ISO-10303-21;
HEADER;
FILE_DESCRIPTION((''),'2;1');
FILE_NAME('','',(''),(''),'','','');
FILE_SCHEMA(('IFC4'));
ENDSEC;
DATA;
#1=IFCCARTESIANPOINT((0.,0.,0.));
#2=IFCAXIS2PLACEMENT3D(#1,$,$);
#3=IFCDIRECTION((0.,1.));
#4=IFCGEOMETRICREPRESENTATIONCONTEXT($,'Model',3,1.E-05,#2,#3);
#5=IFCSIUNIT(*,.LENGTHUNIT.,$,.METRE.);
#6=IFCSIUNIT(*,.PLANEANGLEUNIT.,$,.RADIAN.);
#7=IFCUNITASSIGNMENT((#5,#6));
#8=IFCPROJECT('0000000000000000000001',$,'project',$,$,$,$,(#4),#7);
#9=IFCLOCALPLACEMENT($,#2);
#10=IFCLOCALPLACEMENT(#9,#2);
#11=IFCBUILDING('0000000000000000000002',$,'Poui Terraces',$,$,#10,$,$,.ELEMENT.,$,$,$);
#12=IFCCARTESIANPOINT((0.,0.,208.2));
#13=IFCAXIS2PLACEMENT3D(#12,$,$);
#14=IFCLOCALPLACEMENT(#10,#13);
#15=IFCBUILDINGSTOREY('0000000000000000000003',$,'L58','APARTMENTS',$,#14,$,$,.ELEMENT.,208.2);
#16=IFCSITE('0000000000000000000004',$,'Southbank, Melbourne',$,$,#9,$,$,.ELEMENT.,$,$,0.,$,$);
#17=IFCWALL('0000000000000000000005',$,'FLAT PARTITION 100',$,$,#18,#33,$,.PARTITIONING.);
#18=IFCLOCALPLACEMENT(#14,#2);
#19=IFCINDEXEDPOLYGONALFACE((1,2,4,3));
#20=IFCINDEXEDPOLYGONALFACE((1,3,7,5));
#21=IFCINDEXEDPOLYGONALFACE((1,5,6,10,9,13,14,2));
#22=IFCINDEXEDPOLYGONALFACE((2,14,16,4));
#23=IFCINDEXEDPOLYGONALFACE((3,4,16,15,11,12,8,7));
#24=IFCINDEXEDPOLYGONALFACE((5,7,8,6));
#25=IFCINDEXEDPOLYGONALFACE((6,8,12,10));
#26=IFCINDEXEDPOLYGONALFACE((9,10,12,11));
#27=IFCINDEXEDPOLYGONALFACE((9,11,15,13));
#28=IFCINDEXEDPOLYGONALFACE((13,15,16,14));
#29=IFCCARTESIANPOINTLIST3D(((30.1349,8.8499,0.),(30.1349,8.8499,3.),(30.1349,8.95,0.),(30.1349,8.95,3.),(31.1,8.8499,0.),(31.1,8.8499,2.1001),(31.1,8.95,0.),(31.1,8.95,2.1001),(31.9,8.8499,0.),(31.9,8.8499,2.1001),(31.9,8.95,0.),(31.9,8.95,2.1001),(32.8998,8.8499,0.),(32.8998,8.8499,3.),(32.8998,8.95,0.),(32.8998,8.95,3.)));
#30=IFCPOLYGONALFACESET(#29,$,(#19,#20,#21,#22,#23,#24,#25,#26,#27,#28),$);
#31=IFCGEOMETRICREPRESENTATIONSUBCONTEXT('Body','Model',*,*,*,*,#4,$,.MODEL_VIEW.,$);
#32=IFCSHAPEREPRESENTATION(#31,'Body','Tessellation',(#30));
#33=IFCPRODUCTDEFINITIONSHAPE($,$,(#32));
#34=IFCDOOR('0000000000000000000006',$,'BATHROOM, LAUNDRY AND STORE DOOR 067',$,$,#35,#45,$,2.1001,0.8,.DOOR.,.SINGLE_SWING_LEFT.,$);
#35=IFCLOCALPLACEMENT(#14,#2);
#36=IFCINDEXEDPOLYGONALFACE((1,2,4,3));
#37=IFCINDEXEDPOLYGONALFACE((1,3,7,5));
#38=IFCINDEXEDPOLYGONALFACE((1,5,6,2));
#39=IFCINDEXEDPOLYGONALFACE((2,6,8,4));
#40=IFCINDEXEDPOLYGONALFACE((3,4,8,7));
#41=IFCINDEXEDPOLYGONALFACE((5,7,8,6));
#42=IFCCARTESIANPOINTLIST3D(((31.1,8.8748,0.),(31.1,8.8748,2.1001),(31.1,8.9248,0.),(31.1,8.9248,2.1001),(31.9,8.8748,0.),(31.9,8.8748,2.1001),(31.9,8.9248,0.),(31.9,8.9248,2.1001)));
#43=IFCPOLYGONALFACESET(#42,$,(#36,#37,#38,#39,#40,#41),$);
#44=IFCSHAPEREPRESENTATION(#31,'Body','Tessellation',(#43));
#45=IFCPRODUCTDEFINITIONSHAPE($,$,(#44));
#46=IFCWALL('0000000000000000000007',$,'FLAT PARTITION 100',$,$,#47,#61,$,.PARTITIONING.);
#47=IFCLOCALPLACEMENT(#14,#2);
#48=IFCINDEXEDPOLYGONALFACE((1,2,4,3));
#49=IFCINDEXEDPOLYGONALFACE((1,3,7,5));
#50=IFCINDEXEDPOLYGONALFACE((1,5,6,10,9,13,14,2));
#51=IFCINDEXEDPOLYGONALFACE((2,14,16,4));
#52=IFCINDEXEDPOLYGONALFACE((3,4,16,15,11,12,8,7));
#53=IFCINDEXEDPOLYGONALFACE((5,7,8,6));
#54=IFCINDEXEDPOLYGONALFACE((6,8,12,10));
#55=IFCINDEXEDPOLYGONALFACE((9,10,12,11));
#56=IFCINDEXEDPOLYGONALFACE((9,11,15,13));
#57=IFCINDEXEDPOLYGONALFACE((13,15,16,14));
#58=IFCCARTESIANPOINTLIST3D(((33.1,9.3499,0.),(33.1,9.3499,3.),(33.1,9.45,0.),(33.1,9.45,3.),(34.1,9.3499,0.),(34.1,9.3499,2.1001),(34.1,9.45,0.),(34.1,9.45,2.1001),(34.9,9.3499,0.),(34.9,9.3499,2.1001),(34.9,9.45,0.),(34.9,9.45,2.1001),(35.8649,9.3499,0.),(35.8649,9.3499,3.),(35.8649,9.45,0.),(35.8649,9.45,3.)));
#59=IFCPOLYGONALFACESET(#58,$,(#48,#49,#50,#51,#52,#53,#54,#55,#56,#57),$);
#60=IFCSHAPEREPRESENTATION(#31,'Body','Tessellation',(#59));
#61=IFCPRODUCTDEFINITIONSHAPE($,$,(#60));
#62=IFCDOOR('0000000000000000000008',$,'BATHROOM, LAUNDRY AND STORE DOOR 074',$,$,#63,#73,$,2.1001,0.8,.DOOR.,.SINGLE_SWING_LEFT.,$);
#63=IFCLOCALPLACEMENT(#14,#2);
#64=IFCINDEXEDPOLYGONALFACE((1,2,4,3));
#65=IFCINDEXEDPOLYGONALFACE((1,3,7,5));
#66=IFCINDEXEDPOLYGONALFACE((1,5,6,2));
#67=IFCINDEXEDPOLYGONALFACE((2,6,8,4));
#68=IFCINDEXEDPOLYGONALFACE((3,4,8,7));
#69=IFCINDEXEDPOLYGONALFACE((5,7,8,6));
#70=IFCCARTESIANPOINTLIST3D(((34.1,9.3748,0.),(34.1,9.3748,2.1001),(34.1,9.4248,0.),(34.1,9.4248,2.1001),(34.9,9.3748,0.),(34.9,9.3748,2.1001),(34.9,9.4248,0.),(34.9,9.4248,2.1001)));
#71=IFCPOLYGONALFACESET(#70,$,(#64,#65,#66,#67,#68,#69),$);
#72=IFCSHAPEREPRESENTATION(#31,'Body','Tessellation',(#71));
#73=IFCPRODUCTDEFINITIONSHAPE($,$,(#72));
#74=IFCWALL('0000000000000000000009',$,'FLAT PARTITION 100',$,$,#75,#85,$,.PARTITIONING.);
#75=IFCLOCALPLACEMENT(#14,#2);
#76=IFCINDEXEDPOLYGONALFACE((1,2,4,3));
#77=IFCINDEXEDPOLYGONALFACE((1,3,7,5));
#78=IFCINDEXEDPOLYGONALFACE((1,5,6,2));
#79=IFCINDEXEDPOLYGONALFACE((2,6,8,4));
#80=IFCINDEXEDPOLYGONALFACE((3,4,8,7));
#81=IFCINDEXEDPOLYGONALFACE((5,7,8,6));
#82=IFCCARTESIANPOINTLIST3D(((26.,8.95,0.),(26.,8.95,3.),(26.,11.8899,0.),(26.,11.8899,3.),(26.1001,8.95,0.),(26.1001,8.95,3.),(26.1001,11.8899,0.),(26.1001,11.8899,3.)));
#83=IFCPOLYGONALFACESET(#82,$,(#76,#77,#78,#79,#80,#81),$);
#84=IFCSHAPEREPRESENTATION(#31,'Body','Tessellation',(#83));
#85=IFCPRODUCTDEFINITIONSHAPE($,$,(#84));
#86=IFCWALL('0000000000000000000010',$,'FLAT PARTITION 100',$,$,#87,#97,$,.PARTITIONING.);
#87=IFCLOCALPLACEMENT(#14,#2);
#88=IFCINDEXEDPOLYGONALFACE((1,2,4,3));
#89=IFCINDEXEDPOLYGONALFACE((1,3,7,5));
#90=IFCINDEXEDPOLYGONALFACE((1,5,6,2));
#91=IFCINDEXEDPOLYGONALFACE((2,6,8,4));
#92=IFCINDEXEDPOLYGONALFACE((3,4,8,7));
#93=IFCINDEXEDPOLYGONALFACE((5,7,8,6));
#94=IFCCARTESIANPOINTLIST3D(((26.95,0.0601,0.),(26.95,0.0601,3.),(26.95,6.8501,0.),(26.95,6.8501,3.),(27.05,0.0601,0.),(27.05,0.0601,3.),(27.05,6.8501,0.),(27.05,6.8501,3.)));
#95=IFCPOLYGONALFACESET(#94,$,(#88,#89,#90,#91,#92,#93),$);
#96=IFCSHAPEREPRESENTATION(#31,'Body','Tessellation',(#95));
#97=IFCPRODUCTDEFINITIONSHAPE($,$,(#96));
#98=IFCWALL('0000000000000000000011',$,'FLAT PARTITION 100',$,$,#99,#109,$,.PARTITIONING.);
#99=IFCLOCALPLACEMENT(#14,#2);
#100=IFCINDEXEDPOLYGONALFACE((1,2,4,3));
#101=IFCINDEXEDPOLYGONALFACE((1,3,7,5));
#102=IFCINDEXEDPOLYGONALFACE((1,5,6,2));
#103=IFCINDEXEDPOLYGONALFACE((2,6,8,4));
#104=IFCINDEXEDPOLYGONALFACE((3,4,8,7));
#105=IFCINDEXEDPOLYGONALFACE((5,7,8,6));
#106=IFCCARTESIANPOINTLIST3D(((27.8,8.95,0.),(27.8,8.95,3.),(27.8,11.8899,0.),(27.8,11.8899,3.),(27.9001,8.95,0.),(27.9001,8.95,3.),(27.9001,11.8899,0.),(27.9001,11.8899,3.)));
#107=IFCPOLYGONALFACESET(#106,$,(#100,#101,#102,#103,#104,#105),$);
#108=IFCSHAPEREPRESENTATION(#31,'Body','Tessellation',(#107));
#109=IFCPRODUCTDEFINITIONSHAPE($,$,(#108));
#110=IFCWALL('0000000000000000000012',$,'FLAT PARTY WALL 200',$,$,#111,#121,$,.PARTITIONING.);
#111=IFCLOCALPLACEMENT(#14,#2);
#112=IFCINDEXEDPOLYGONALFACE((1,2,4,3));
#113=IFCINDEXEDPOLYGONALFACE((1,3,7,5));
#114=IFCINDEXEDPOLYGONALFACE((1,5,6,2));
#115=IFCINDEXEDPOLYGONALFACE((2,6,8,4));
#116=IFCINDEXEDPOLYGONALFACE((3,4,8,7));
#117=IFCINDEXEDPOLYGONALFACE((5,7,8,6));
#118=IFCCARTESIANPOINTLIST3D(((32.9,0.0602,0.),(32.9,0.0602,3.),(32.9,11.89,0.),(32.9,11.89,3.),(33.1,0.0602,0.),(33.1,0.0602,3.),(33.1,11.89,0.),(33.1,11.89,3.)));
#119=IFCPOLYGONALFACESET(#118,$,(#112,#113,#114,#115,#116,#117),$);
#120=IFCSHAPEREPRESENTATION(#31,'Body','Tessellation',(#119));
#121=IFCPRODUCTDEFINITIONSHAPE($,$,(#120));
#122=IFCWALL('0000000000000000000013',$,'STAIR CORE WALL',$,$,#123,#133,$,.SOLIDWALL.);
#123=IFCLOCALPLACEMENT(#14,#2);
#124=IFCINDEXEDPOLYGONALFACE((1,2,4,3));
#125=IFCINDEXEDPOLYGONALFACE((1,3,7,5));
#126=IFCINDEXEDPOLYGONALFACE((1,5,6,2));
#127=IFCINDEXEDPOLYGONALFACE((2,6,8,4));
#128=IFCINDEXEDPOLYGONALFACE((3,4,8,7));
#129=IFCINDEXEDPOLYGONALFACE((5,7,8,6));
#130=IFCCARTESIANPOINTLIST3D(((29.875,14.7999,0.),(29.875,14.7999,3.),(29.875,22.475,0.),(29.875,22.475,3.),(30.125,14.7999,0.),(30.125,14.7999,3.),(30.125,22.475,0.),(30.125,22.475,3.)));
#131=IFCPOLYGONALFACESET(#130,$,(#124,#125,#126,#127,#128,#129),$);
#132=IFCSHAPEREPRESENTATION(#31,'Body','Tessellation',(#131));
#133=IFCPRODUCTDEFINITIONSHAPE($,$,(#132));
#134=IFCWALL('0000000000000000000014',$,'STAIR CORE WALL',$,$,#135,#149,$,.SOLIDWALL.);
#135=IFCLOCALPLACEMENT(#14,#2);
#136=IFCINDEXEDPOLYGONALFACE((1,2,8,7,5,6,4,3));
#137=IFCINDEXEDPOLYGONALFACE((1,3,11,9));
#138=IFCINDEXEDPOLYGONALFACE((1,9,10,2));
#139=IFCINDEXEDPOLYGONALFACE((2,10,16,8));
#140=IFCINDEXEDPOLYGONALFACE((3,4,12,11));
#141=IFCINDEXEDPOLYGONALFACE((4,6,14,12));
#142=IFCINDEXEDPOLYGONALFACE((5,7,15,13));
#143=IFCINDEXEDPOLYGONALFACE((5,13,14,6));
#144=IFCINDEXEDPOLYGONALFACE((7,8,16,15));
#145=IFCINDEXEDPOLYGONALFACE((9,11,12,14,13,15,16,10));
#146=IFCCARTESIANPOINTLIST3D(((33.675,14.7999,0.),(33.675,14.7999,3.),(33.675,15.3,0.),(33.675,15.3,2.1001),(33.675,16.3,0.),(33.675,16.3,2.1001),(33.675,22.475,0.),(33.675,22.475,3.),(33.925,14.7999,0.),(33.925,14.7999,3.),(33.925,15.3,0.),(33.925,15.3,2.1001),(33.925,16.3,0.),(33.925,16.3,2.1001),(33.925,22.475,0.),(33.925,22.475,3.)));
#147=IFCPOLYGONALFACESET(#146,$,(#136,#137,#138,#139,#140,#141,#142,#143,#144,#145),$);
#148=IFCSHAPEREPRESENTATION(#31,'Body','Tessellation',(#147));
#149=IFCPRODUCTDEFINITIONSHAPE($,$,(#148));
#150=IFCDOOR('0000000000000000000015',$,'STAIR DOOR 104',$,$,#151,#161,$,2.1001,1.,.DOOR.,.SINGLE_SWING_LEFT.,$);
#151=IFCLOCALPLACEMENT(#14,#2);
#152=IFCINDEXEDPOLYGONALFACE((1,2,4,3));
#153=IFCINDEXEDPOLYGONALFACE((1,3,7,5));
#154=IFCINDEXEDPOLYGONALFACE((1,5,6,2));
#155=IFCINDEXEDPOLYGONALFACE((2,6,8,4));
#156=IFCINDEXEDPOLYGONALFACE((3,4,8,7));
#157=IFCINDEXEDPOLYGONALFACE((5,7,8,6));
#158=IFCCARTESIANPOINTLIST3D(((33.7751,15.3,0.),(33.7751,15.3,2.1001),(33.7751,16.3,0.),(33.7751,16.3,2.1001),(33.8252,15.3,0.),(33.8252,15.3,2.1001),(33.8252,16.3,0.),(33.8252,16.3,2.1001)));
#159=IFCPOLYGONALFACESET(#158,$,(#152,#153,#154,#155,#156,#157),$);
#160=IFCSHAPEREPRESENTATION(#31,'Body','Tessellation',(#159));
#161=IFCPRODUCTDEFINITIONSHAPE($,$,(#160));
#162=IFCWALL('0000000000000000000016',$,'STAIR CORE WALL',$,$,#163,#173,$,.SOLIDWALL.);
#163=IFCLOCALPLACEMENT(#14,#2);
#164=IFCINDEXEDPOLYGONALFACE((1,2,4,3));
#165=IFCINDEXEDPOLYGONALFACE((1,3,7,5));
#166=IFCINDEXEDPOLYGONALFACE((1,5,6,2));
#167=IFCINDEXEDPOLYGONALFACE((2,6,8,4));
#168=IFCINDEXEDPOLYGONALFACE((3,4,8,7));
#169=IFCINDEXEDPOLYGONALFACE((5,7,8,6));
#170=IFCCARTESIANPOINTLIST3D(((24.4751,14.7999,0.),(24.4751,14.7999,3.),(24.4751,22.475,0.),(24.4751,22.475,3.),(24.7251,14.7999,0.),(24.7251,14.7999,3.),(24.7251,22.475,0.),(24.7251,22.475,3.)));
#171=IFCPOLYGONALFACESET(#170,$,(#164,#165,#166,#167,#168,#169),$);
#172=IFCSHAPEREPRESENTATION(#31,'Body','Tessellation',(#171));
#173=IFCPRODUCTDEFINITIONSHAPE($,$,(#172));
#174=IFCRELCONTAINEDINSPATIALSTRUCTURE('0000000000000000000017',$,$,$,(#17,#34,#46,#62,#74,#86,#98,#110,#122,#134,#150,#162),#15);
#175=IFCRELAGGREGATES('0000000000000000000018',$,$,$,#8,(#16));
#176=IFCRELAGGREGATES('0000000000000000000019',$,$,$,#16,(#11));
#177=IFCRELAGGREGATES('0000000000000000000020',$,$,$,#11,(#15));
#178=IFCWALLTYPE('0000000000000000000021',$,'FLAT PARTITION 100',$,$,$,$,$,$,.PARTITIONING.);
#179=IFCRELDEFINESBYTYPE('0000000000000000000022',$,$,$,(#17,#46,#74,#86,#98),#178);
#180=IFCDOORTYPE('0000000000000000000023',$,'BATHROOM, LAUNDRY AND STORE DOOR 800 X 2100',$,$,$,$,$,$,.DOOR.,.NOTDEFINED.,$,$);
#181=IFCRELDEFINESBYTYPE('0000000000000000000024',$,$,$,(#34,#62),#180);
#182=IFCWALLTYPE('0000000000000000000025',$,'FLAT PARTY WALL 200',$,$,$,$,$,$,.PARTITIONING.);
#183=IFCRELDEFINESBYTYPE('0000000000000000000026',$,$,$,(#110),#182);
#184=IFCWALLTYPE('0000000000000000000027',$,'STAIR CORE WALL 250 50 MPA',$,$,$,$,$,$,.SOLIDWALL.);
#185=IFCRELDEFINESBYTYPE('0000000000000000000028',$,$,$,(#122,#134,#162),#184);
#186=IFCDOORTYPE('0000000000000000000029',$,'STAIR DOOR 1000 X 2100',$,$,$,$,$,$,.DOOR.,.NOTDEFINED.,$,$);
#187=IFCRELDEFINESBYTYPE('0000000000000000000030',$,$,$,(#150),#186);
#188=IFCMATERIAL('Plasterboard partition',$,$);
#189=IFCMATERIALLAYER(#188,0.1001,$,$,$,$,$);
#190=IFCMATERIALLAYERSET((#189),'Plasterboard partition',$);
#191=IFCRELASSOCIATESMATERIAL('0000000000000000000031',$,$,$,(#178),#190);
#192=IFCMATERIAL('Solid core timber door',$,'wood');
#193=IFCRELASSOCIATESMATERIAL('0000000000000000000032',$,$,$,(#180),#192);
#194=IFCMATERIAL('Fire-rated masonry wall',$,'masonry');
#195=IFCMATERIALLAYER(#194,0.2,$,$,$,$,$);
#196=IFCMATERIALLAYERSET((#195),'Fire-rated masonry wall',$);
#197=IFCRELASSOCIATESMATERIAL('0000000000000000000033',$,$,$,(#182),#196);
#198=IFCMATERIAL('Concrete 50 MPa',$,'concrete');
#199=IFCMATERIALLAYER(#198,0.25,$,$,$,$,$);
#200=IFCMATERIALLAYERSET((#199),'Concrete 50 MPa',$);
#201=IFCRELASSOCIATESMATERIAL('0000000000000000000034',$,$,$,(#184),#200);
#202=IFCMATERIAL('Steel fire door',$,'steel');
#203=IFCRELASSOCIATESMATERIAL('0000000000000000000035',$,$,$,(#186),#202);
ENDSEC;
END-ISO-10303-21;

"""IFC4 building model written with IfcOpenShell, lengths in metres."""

from ifc_helpers import new_model, si_unit, direction, frame, frame_2d, origin, place, context, subcontext, project, spatial, rectangle, extrude, material, layer, layer_set, type_object, element, fill, save


model = new_model("IFC4")

# Units and contexts
model_context = context("Model", 3, precision=1e-05, world=origin(), true_north=direction((0.0, 1.0)))
body_context = subcontext(model_context, "Body", "Model", "MODEL_VIEW")
ifc_project = project(units=[si_unit("LENGTHUNIT", "METRE"), si_unit("PLANEANGLEUNIT", "RADIAN")], contexts=[model_context])

# Site, building, storey
site_placement = place(None, origin())
site = spatial("IfcSite", under=ifc_project, at=site_placement, Name="Southbank, Melbourne", CompositionType="ELEMENT", RefElevation=0.0)
building_placement = place(site_placement, origin())
building = spatial("IfcBuilding", under=site, at=building_placement, Name="Poui Terraces", CompositionType="ELEMENT")
storey_placement = place(building_placement, frame((0.0, 0.0, 208.2)))
storey = spatial("IfcBuildingStorey", under=building, at=storey_placement, Name="L58", Description="APARTMENTS", CompositionType="ELEMENT", Elevation=208.2)

# Shared definitions
ifc_material_1 = material(Name="Concrete 50 MPa", Category="concrete")

# Walls, openings, doors
ifc_material_2 = material(Name="Solid core timber door", Category="wood")
ifc_material_3 = material(Name="Plasterboard partition")
ifc_layer_1 = layer(ifc_material_3, 0.1001)
ifc_layer_set_1 = layer_set([ifc_layer_1], Name="Plasterboard partition")
wall_type_1 = type_object("IfcWallType", Name="FLAT PARTITION 100", PredefinedType="PARTITIONING", material=ifc_layer_set_1)
wall_1_placement = place(storey_placement, frame((30.135, 8.8999, 0.0), z_axis=(0.0, 0.0, 1.0), x_axis=(1.0, 0.0, 0.0)))
wall_1 = element("IfcWall", 1, at=wall_1_placement, inside=storey, type_object=wall_type_1, Name="FLAT PARTITION 100", PredefinedType="PARTITIONING", context=body_context, shape_type="SweptSolid", body=[
    extrude(rectangle(XDim=2.7649, YDim=0.1001, at=frame_2d((1.3823, 0.0))), origin(), (0.0, 0.0, 1.0), 3.0),
])
opening_1_placement = place(wall_1_placement, frame((0.9651, 0.0, 0.0)))
opening_1 = element("IfcOpeningElement", 2, at=opening_1_placement, cuts=wall_1, PredefinedType="OPENING", context=body_context, shape_type="SweptSolid", body=[
    extrude(rectangle(XDim=0.8, YDim=2.1001, at=frame_2d((0.3999, 1.05))), frame((0.0, 0.0601, 0.0), z_axis=(0.0, -1.0, 0.0), x_axis=(1.0, 0.0, 0.0)), (0.0, 0.0, 1.0), 0.1201),
])
door_type_1 = type_object("IfcDoorType", Name="BATHROOM, LAUNDRY AND STORE DOOR 800 X 2100", OperationType="NOTDEFINED", PredefinedType="DOOR", material=ifc_material_2)
door_1_placement = place(opening_1_placement, origin())
door_1 = element("IfcDoor", 3, at=door_1_placement, inside=storey, type_object=door_type_1, Name="BATHROOM, LAUNDRY AND STORE DOOR 067", OperationType="SINGLE_SWING_LEFT", OverallHeight=2.1001, OverallWidth=0.8, PredefinedType="DOOR", context=body_context, shape_type="SweptSolid", body=[
    extrude(rectangle(XDim=0.8, YDim=2.1001, at=frame_2d((0.3999, 1.05))), frame((0.0, 0.0249, 0.0), z_axis=(0.0, -1.0, 0.0), x_axis=(1.0, 0.0, 0.0)), (0.0, 0.0, 1.0), 0.05),
])
fill(opening_1, door_1)
wall_2_placement = place(storey_placement, frame((33.1001, 9.3999, 0.0), z_axis=(0.0, 0.0, 1.0), x_axis=(1.0, 0.0, 0.0)))
wall_2 = element("IfcWall", 4, at=wall_2_placement, inside=storey, type_object=wall_type_1, Name="FLAT PARTITION 100", PredefinedType="PARTITIONING", context=body_context, shape_type="SweptSolid", body=[
    extrude(rectangle(XDim=2.7649, YDim=0.1001, at=frame_2d((1.3823, 0.0))), origin(), (0.0, 0.0, 1.0), 3.0),
])
opening_2_placement = place(wall_2_placement, frame((1.0, 0.0, 0.0)))
opening_2 = element("IfcOpeningElement", 5, at=opening_2_placement, cuts=wall_2, PredefinedType="OPENING", context=body_context, shape_type="SweptSolid", body=[
    extrude(rectangle(XDim=0.8, YDim=2.1001, at=frame_2d((0.3999, 1.05))), frame((0.0, 0.0601, 0.0), z_axis=(0.0, -1.0, 0.0), x_axis=(1.0, 0.0, 0.0)), (0.0, 0.0, 1.0), 0.1201),
])
door_2_placement = place(opening_2_placement, origin())
door_2 = element("IfcDoor", 6, at=door_2_placement, inside=storey, type_object=door_type_1, Name="BATHROOM, LAUNDRY AND STORE DOOR 074", OperationType="SINGLE_SWING_LEFT", OverallHeight=2.1001, OverallWidth=0.8, PredefinedType="DOOR", context=body_context, shape_type="SweptSolid", body=[
    extrude(rectangle(XDim=0.8, YDim=2.1001, at=frame_2d((0.3999, 1.05))), frame((0.0, 0.0249, 0.0), z_axis=(0.0, -1.0, 0.0), x_axis=(1.0, 0.0, 0.0)), (0.0, 0.0, 1.0), 0.05),
])
fill(opening_2, door_2)

# Walls
wall_3_placement = place(storey_placement, frame((26.05, 8.95, 0.0), z_axis=(0.0, 0.0, 1.0), x_axis=(0.0, 1.0, 0.0)))
element("IfcWall", 7, at=wall_3_placement, inside=storey, type_object=wall_type_1, Name="FLAT PARTITION 100", PredefinedType="PARTITIONING", context=body_context, shape_type="SweptSolid", body=[
    extrude(rectangle(XDim=2.9399, YDim=0.1001, at=frame_2d((1.47, 0.0))), origin(), (0.0, 0.0, 1.0), 3.0),
])
wall_4_placement = place(storey_placement, frame((27.0, 0.0601, 0.0), z_axis=(0.0, 0.0, 1.0), x_axis=(0.0, 1.0, 0.0)))
element("IfcWall", 8, at=wall_4_placement, inside=storey, type_object=wall_type_1, Name="FLAT PARTITION 100", PredefinedType="PARTITIONING", context=body_context, shape_type="SweptSolid", body=[
    extrude(rectangle(XDim=6.79, YDim=0.1001, at=frame_2d((3.395, 0.0))), origin(), (0.0, 0.0, 1.0), 3.0),
])
wall_5_placement = place(storey_placement, frame((27.8501, 8.95, 0.0), z_axis=(0.0, 0.0, 1.0), x_axis=(0.0, 1.0, 0.0)))
element("IfcWall", 9, at=wall_5_placement, inside=storey, type_object=wall_type_1, Name="FLAT PARTITION 100", PredefinedType="PARTITIONING", context=body_context, shape_type="SweptSolid", body=[
    extrude(rectangle(XDim=2.9399, YDim=0.1001, at=frame_2d((1.47, 0.0))), origin(), (0.0, 0.0, 1.0), 3.0),
])
ifc_material_4 = material(Name="Fire-rated masonry wall", Category="masonry")
ifc_layer_2 = layer(ifc_material_4, 0.2)
ifc_layer_set_2 = layer_set([ifc_layer_2], Name="Fire-rated masonry wall")
wall_type_2 = type_object("IfcWallType", Name="FLAT PARTY WALL 200", PredefinedType="PARTITIONING", material=ifc_layer_set_2)
wall_6_placement = place(storey_placement, frame((33.0, 0.0601, 0.0), z_axis=(0.0, 0.0, 1.0), x_axis=(0.0, 1.0, 0.0)))
element("IfcWall", 10, at=wall_6_placement, inside=storey, type_object=wall_type_2, Name="FLAT PARTY WALL 200", PredefinedType="PARTITIONING", context=body_context, shape_type="SweptSolid", body=[
    extrude(rectangle(XDim=11.8298, YDim=0.2, at=frame_2d((5.915, 0.0))), origin(), (0.0, 0.0, 1.0), 3.0),
])
ifc_layer_3 = layer(ifc_material_1, 0.25)
ifc_layer_set_3 = layer_set([ifc_layer_3], Name="Concrete 50 MPa")
wall_type_3 = type_object("IfcWallType", Name="STAIR CORE WALL 250 50 MPA", PredefinedType="SOLIDWALL", material=ifc_layer_set_3)
wall_7_placement = place(storey_placement, frame((30.0, 14.8, 0.0), z_axis=(0.0, 0.0, 1.0), x_axis=(0.0, 1.0, 0.0)))
element("IfcWall", 11, at=wall_7_placement, inside=storey, type_object=wall_type_3, Name="STAIR CORE WALL", PredefinedType="SOLIDWALL", context=body_context, shape_type="SweptSolid", body=[
    extrude(rectangle(XDim=7.675, YDim=0.25, at=frame_2d((3.8374, 0.0))), origin(), (0.0, 0.0, 1.0), 3.0),
])

# Wall, opening, door
wall_8_placement = place(storey_placement, frame((33.8, 14.8, 0.0), z_axis=(0.0, 0.0, 1.0), x_axis=(0.0, 1.0, 0.0)))
wall_8 = element("IfcWall", 12, at=wall_8_placement, inside=storey, type_object=wall_type_3, Name="STAIR CORE WALL", PredefinedType="SOLIDWALL", context=body_context, shape_type="SweptSolid", body=[
    extrude(rectangle(XDim=7.675, YDim=0.25, at=frame_2d((3.8374, 0.0))), origin(), (0.0, 0.0, 1.0), 3.0),
])
opening_3_placement = place(wall_8_placement, frame((0.5, 0.0, 0.0)))
opening_3 = element("IfcOpeningElement", 13, at=opening_3_placement, cuts=wall_8, PredefinedType="OPENING", context=body_context, shape_type="SweptSolid", body=[
    extrude(rectangle(XDim=1.0, YDim=2.1001, at=frame_2d((0.5, 1.05))), frame((0.0, 0.135, 0.0), z_axis=(0.0, -1.0, 0.0), x_axis=(1.0, 0.0, 0.0)), (0.0, 0.0, 1.0), 0.27),
])
ifc_material_5 = material(Name="Steel fire door", Category="steel")
door_type_2 = type_object("IfcDoorType", Name="STAIR DOOR 1000 X 2100", OperationType="NOTDEFINED", PredefinedType="DOOR", material=ifc_material_5)
door_3_placement = place(opening_3_placement, origin())
door_3 = element("IfcDoor", 14, at=door_3_placement, inside=storey, type_object=door_type_2, Name="STAIR DOOR 104", OperationType="SINGLE_SWING_LEFT", OverallHeight=2.1001, OverallWidth=1.0, PredefinedType="DOOR", context=body_context, shape_type="SweptSolid", body=[
    extrude(rectangle(XDim=1.0, YDim=2.1001, at=frame_2d((0.5, 1.05))), frame((0.0, 0.0249, 0.0), z_axis=(0.0, -1.0, 0.0), x_axis=(1.0, 0.0, 0.0)), (0.0, 0.0, 1.0), 0.05),
])
fill(opening_3, door_3)

# Wall
wall_9_placement = place(storey_placement, frame((24.6001, 14.8, 0.0), z_axis=(0.0, 0.0, 1.0), x_axis=(0.0, 1.0, 0.0)))
element("IfcWall", 15, at=wall_9_placement, inside=storey, type_object=wall_type_3, Name="STAIR CORE WALL", PredefinedType="SOLIDWALL", context=body_context, shape_type="SweptSolid", body=[
    extrude(rectangle(XDim=7.675, YDim=0.25, at=frame_2d((3.8374, 0.0))), origin(), (0.0, 0.0, 1.0), 3.0),
])

save(model, "model.ifc")
